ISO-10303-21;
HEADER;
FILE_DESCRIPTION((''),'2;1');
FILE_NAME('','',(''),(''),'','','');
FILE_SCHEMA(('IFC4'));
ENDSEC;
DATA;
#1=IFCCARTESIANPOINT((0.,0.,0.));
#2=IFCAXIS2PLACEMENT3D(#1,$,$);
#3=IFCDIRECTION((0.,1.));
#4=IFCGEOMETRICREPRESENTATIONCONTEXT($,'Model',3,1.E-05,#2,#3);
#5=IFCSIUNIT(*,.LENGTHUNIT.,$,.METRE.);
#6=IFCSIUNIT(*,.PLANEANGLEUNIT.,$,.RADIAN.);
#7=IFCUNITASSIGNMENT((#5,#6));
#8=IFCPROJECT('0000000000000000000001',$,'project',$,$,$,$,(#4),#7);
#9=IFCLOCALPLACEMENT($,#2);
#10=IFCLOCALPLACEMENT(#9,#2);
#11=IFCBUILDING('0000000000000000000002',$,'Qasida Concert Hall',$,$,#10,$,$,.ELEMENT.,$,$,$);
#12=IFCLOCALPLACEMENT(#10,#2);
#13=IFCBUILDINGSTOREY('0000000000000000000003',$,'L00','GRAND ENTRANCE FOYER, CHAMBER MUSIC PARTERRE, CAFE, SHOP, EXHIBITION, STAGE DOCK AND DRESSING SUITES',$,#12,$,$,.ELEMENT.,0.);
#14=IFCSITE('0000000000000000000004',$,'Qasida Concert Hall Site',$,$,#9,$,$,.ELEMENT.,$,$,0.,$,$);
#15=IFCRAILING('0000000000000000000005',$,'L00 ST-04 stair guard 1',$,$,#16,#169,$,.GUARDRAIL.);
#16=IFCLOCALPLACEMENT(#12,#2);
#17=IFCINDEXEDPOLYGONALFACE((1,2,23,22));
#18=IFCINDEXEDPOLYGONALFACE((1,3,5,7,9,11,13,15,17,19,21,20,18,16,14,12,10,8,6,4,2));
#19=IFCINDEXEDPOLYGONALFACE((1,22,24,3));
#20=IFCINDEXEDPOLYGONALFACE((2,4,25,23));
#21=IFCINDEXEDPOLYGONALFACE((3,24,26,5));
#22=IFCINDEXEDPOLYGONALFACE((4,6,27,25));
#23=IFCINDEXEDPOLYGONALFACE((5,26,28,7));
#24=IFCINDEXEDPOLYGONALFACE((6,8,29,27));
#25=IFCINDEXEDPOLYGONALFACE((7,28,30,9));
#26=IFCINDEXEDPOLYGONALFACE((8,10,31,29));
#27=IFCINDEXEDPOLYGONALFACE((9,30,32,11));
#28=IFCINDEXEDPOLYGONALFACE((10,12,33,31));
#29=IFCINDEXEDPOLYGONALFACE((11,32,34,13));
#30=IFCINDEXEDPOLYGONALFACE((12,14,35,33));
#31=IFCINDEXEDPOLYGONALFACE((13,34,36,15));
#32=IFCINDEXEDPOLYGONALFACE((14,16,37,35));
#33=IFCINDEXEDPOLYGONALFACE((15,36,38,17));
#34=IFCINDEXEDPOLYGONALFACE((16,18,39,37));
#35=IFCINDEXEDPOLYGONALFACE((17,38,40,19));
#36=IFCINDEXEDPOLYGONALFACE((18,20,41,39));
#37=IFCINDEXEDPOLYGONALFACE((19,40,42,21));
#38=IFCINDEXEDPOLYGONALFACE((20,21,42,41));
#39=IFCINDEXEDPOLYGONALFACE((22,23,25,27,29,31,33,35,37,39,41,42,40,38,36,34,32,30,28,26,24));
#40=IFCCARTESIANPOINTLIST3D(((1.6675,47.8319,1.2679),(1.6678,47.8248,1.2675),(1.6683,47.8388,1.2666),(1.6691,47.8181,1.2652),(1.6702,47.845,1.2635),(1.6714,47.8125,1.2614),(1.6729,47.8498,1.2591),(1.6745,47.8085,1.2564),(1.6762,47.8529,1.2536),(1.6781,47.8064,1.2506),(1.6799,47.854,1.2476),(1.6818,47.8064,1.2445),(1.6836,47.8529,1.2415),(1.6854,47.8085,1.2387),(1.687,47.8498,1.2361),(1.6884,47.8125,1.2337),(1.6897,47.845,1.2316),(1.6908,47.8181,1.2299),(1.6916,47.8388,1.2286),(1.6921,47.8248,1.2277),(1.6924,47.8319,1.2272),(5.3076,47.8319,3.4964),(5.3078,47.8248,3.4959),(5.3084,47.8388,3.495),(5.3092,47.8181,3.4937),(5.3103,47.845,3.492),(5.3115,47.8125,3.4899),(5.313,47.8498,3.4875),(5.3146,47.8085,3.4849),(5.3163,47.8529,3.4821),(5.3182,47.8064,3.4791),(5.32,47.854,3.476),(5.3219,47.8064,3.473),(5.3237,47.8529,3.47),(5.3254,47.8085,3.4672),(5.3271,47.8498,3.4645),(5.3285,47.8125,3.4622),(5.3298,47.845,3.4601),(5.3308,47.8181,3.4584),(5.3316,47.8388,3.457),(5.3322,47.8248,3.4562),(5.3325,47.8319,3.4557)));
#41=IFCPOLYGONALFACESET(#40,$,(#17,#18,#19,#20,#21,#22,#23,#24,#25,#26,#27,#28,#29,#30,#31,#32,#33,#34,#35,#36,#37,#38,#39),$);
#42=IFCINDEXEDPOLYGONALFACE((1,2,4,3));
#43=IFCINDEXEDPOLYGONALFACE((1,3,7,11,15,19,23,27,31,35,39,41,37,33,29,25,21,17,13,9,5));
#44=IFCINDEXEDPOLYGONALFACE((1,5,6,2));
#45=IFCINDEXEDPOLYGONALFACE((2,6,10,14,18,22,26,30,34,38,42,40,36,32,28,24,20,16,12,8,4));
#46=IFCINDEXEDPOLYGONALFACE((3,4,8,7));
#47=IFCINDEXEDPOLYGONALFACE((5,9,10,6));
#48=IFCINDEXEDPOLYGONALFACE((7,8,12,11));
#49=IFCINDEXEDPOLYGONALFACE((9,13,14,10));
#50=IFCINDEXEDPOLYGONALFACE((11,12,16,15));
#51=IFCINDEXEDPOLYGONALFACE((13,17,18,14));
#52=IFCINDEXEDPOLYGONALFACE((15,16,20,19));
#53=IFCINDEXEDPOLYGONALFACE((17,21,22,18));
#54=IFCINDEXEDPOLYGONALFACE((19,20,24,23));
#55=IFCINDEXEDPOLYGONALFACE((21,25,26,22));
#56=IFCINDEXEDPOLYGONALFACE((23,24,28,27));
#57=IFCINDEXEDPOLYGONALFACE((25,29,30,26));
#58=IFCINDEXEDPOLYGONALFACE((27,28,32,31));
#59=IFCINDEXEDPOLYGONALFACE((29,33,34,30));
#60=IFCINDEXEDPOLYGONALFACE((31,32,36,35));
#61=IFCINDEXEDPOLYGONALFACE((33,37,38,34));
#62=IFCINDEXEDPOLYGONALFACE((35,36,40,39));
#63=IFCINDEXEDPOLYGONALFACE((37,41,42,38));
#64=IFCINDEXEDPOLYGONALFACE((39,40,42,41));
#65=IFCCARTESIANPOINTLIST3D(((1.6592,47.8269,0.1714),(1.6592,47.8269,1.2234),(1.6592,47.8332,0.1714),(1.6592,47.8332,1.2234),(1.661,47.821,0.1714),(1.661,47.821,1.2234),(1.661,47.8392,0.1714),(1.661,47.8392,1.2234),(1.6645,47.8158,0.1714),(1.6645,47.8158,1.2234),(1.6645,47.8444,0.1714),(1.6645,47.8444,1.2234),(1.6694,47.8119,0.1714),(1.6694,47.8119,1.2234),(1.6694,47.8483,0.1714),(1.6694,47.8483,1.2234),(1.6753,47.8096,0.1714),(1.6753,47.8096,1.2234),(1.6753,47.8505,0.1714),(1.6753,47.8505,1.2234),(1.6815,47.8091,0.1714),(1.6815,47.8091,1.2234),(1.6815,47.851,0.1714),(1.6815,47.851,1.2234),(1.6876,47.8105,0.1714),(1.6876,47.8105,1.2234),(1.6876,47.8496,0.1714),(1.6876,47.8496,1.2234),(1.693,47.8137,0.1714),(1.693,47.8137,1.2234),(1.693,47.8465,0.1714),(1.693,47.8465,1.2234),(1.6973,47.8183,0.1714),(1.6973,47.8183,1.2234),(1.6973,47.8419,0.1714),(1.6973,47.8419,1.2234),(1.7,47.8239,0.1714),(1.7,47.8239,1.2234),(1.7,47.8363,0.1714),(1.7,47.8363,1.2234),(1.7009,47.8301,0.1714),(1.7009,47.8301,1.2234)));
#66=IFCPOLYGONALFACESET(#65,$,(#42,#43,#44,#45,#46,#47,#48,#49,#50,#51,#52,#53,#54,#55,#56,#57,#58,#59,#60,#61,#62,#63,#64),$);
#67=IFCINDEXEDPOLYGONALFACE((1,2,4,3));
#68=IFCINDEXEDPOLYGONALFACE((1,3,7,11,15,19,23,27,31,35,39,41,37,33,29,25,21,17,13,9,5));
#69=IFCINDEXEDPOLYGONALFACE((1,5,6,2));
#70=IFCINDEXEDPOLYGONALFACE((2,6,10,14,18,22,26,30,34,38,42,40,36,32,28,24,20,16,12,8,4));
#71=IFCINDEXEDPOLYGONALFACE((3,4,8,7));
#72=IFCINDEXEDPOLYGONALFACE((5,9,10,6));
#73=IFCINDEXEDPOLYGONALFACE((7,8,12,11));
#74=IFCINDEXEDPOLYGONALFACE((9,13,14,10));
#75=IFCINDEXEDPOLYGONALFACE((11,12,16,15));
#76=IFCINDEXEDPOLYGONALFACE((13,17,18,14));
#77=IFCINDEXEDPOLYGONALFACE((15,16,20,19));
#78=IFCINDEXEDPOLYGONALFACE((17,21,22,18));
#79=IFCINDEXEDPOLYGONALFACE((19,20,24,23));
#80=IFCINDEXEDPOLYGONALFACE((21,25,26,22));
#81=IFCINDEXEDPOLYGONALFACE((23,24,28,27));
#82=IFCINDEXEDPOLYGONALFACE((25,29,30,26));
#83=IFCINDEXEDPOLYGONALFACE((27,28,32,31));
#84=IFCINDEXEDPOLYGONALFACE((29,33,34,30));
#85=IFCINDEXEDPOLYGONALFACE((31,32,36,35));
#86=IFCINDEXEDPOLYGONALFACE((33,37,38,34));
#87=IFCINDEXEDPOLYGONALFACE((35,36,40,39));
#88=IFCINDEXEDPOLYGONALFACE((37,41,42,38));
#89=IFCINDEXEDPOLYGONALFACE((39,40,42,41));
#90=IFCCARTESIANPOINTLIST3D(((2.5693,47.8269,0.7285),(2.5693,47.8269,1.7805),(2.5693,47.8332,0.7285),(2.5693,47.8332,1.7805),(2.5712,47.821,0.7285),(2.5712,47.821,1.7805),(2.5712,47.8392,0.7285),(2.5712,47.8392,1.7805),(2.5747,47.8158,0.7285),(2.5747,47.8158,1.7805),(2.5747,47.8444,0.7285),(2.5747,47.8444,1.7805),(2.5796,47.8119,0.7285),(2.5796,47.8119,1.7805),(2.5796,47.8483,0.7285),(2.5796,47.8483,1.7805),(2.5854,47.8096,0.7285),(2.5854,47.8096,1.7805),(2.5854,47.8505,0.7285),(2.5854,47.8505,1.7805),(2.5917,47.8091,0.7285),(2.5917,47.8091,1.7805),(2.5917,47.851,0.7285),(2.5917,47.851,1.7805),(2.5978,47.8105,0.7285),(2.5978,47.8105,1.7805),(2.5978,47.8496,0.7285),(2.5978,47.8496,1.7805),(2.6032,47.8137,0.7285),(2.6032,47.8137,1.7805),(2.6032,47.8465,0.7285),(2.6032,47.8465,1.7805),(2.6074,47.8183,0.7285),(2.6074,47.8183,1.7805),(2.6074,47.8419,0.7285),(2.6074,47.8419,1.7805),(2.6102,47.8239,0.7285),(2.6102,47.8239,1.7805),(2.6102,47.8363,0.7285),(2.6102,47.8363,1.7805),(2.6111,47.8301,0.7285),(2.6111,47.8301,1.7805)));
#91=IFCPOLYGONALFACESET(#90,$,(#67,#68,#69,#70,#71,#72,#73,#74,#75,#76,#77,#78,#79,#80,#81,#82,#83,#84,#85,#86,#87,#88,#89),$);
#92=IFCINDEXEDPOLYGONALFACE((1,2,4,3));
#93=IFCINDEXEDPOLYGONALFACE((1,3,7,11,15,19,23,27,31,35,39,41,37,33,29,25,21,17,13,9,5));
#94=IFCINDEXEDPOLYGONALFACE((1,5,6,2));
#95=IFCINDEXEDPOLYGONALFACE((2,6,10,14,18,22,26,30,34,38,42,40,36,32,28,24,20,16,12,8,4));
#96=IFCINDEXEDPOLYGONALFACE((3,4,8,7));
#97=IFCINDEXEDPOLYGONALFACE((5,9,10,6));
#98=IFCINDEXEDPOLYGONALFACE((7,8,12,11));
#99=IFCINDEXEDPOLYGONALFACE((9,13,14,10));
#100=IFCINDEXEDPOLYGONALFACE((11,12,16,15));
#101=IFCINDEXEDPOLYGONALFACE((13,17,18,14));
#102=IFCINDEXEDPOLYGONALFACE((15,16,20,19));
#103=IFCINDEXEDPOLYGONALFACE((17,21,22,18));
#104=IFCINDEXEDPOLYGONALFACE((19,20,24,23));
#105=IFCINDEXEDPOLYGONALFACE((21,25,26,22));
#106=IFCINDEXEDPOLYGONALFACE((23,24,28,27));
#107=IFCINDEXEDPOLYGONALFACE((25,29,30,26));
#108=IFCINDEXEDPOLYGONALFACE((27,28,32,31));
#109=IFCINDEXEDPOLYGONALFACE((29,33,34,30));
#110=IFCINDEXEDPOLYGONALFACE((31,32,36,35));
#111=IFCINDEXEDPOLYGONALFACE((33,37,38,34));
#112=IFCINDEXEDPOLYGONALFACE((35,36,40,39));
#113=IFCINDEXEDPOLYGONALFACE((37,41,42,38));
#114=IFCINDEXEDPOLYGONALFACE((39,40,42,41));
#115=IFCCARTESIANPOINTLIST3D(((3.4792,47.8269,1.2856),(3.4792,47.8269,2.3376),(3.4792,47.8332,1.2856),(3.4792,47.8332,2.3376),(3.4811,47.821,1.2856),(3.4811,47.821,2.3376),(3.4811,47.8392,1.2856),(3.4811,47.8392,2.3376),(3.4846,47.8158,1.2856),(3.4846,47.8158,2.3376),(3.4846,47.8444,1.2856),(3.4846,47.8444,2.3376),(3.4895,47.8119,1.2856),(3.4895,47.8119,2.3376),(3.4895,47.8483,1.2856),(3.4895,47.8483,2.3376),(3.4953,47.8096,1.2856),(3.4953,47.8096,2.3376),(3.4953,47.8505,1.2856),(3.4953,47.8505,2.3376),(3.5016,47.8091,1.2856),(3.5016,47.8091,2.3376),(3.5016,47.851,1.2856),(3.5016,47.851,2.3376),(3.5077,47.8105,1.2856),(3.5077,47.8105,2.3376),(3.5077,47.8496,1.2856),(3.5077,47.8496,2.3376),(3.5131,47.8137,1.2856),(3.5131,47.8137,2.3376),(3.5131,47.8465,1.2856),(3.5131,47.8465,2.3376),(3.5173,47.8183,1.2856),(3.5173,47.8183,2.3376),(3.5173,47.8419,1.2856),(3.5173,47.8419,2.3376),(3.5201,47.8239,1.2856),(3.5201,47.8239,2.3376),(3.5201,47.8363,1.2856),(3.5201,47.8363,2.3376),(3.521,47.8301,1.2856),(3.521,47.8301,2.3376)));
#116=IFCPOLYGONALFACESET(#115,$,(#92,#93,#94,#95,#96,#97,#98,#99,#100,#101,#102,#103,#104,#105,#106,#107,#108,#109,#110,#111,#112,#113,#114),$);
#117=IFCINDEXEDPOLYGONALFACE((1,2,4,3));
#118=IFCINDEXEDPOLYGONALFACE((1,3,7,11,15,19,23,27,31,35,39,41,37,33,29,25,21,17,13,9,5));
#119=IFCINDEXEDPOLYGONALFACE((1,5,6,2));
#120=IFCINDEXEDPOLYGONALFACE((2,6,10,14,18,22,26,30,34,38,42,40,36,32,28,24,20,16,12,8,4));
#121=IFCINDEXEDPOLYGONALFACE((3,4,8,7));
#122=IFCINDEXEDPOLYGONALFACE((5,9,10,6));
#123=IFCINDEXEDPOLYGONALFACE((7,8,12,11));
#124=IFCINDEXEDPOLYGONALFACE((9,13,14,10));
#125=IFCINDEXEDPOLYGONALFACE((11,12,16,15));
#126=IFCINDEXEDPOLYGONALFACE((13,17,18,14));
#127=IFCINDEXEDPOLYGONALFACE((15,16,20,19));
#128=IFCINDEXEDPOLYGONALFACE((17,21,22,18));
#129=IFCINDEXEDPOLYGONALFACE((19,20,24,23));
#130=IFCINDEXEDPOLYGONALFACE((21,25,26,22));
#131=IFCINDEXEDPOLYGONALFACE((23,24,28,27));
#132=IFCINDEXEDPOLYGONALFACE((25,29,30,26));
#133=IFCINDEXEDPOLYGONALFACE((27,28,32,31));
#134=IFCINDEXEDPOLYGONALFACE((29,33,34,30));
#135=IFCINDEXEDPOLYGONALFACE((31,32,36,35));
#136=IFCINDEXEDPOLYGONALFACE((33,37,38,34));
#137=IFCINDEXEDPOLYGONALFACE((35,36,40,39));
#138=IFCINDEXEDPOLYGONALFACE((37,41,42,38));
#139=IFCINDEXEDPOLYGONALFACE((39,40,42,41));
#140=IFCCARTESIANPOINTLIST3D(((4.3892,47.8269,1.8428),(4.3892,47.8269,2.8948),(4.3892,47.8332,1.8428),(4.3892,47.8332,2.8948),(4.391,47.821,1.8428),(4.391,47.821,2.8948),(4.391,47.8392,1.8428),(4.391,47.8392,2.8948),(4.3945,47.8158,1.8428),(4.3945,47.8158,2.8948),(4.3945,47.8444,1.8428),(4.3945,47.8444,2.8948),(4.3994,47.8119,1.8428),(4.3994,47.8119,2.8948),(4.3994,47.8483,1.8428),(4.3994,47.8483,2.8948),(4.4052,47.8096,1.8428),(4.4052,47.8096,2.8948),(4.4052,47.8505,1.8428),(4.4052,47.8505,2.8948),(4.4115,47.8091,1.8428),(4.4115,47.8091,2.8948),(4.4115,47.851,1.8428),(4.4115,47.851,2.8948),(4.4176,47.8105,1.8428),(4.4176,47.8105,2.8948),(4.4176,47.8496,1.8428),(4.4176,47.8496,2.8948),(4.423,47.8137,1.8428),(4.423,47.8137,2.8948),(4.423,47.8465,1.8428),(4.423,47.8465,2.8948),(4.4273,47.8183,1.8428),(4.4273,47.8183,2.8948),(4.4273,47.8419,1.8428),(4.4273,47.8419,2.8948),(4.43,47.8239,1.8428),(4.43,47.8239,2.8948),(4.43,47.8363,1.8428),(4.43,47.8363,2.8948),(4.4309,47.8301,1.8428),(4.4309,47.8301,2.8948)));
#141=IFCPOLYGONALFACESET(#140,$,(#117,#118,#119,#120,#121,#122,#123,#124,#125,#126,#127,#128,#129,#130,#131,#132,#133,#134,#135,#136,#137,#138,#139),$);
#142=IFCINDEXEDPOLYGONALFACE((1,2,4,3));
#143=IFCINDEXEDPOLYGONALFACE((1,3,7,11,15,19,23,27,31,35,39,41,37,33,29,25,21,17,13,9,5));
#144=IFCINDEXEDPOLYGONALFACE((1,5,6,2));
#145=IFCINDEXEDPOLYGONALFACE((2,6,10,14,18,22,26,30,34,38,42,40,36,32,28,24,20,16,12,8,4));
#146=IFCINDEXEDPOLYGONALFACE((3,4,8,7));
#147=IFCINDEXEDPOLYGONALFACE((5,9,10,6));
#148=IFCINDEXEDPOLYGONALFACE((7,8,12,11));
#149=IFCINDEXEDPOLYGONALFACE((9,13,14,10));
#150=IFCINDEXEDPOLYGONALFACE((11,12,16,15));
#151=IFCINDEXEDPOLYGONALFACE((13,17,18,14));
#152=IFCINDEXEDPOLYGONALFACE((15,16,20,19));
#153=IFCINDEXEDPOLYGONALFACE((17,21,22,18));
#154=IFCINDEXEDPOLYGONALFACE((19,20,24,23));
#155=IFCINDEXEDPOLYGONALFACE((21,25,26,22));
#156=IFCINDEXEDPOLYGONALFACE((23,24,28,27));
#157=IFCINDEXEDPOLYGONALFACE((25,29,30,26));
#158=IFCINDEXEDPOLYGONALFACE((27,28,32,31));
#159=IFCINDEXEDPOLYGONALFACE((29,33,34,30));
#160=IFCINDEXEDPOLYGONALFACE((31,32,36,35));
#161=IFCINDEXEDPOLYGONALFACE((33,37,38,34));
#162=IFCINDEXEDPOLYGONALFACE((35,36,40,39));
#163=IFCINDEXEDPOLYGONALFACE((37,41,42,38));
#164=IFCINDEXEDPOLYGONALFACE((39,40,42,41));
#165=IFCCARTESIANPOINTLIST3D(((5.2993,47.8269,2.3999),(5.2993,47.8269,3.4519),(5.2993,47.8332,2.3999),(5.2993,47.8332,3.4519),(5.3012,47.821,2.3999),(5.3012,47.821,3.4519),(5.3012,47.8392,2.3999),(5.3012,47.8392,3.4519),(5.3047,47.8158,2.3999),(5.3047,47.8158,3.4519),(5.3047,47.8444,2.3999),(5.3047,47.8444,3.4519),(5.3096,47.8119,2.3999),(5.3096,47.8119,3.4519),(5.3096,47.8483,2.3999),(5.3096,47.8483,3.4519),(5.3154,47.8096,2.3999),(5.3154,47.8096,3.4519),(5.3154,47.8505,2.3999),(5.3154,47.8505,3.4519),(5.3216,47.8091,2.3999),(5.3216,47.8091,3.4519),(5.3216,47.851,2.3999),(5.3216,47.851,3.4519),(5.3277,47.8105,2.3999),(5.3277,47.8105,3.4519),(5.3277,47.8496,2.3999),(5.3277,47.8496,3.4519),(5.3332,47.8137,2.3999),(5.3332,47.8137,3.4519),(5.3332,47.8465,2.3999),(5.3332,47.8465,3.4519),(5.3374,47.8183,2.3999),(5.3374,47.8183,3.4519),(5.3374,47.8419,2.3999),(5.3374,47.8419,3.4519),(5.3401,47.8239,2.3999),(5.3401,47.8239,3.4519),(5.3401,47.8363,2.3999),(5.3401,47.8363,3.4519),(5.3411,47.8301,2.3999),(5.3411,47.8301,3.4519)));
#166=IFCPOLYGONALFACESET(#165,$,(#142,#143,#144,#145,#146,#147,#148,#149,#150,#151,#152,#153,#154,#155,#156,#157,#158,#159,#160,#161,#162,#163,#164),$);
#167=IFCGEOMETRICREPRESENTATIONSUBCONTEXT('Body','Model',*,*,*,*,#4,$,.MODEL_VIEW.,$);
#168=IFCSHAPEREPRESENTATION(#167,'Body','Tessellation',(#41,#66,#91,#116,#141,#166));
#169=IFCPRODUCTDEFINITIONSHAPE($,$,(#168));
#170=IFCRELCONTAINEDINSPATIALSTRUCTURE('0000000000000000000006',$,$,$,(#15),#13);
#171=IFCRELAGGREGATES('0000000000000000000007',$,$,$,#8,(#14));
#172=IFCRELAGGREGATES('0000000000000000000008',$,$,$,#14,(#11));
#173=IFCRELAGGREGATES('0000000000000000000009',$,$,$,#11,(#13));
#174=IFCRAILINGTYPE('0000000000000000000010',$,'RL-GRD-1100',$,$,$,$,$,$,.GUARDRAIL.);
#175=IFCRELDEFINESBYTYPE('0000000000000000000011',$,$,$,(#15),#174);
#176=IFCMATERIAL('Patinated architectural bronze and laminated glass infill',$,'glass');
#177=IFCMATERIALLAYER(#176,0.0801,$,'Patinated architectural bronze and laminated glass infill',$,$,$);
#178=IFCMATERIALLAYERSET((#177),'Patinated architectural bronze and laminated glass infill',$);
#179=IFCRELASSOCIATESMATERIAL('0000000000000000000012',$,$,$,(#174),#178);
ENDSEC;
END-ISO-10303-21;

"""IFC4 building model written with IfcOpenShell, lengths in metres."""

from ifc_helpers import new_model, si_unit, direction, frame, origin, origin_2d, place, context, subcontext, project, spatial, circle, extrude, material, layer, layer_set, type_object, element, save


model = new_model("IFC4")

# Units and contexts
model_context = context("Model", 3, precision=1e-05, world=origin(), true_north=direction((0.0, 1.0)))
body_context = subcontext(model_context, "Body", "Model", "MODEL_VIEW")
ifc_project = project(units=[si_unit("LENGTHUNIT", "METRE"), si_unit("PLANEANGLEUNIT", "RADIAN")], contexts=[model_context])

# Site, building, storey
site_placement = place(None, origin())
site = spatial("IfcSite", under=ifc_project, at=site_placement, Name="Qasida Concert Hall Site", CompositionType="ELEMENT", RefElevation=0.0)
building_placement = place(site_placement, origin())
building = spatial("IfcBuilding", under=site, at=building_placement, Name="Qasida Concert Hall", CompositionType="ELEMENT")
storey_placement = place(building_placement, origin())
storey = spatial("IfcBuildingStorey", under=building, at=storey_placement, Name="L00", Description="GRAND ENTRANCE FOYER, CHAMBER MUSIC PARTERRE, CAFE, SHOP, EXHIBITION, STAGE DOCK AND DRESSING SUITES", CompositionType="ELEMENT", Elevation=0.0)

# Railing
ifc_material_1 = material(Name="Patinated architectural bronze and laminated glass infill", Category="glass")
ifc_layer_1 = layer(ifc_material_1, 0.0801, Name="Patinated architectural bronze and laminated glass infill")
ifc_layer_set_1 = layer_set([ifc_layer_1], Name="Patinated architectural bronze and laminated glass infill")
railing_type_1 = type_object("IfcRailingType", Name="RL-GRD-1100", PredefinedType="GUARDRAIL", material=ifc_layer_set_1)
railing_1_placement = place(storey_placement, frame((1.6799, 47.8301, 0.1714)))
element("IfcRailing", 1, at=railing_1_placement, inside=storey, type_object=railing_type_1, Name="L00 ST-04 stair guard 1", PredefinedType="GUARDRAIL", context=body_context, shape_type="SweptSolid", body=[
    extrude(circle(Radius=0.0239, at=origin_2d()), frame((0.0, 0.0, 1.0762), z_axis=(0.852866, 0.0, 0.52213), x_axis=(0.0, 1.0, 0.0)), (0.0, 0.0, 1.0), 4.2681),
    extrude(circle(Radius=0.021, at=origin_2d()), origin(), (0.0, 0.0, 1.0), 1.052),
    extrude(circle(Radius=0.021, at=origin_2d()), frame((0.9102, 0.0, 0.5571)), (0.0, 0.0, 1.0), 1.052),
    extrude(circle(Radius=0.021, at=origin_2d()), frame((1.8201, 0.0, 1.1143)), (0.0, 0.0, 1.0), 1.052),
    extrude(circle(Radius=0.021, at=origin_2d()), frame((2.73, 0.0, 1.6714)), (0.0, 0.0, 1.0), 1.052),
    extrude(circle(Radius=0.021, at=origin_2d()), frame((3.6401, 0.0, 2.2285)), (0.0, 0.0, 1.0), 1.052),
])

save(model, "model.ifc")
